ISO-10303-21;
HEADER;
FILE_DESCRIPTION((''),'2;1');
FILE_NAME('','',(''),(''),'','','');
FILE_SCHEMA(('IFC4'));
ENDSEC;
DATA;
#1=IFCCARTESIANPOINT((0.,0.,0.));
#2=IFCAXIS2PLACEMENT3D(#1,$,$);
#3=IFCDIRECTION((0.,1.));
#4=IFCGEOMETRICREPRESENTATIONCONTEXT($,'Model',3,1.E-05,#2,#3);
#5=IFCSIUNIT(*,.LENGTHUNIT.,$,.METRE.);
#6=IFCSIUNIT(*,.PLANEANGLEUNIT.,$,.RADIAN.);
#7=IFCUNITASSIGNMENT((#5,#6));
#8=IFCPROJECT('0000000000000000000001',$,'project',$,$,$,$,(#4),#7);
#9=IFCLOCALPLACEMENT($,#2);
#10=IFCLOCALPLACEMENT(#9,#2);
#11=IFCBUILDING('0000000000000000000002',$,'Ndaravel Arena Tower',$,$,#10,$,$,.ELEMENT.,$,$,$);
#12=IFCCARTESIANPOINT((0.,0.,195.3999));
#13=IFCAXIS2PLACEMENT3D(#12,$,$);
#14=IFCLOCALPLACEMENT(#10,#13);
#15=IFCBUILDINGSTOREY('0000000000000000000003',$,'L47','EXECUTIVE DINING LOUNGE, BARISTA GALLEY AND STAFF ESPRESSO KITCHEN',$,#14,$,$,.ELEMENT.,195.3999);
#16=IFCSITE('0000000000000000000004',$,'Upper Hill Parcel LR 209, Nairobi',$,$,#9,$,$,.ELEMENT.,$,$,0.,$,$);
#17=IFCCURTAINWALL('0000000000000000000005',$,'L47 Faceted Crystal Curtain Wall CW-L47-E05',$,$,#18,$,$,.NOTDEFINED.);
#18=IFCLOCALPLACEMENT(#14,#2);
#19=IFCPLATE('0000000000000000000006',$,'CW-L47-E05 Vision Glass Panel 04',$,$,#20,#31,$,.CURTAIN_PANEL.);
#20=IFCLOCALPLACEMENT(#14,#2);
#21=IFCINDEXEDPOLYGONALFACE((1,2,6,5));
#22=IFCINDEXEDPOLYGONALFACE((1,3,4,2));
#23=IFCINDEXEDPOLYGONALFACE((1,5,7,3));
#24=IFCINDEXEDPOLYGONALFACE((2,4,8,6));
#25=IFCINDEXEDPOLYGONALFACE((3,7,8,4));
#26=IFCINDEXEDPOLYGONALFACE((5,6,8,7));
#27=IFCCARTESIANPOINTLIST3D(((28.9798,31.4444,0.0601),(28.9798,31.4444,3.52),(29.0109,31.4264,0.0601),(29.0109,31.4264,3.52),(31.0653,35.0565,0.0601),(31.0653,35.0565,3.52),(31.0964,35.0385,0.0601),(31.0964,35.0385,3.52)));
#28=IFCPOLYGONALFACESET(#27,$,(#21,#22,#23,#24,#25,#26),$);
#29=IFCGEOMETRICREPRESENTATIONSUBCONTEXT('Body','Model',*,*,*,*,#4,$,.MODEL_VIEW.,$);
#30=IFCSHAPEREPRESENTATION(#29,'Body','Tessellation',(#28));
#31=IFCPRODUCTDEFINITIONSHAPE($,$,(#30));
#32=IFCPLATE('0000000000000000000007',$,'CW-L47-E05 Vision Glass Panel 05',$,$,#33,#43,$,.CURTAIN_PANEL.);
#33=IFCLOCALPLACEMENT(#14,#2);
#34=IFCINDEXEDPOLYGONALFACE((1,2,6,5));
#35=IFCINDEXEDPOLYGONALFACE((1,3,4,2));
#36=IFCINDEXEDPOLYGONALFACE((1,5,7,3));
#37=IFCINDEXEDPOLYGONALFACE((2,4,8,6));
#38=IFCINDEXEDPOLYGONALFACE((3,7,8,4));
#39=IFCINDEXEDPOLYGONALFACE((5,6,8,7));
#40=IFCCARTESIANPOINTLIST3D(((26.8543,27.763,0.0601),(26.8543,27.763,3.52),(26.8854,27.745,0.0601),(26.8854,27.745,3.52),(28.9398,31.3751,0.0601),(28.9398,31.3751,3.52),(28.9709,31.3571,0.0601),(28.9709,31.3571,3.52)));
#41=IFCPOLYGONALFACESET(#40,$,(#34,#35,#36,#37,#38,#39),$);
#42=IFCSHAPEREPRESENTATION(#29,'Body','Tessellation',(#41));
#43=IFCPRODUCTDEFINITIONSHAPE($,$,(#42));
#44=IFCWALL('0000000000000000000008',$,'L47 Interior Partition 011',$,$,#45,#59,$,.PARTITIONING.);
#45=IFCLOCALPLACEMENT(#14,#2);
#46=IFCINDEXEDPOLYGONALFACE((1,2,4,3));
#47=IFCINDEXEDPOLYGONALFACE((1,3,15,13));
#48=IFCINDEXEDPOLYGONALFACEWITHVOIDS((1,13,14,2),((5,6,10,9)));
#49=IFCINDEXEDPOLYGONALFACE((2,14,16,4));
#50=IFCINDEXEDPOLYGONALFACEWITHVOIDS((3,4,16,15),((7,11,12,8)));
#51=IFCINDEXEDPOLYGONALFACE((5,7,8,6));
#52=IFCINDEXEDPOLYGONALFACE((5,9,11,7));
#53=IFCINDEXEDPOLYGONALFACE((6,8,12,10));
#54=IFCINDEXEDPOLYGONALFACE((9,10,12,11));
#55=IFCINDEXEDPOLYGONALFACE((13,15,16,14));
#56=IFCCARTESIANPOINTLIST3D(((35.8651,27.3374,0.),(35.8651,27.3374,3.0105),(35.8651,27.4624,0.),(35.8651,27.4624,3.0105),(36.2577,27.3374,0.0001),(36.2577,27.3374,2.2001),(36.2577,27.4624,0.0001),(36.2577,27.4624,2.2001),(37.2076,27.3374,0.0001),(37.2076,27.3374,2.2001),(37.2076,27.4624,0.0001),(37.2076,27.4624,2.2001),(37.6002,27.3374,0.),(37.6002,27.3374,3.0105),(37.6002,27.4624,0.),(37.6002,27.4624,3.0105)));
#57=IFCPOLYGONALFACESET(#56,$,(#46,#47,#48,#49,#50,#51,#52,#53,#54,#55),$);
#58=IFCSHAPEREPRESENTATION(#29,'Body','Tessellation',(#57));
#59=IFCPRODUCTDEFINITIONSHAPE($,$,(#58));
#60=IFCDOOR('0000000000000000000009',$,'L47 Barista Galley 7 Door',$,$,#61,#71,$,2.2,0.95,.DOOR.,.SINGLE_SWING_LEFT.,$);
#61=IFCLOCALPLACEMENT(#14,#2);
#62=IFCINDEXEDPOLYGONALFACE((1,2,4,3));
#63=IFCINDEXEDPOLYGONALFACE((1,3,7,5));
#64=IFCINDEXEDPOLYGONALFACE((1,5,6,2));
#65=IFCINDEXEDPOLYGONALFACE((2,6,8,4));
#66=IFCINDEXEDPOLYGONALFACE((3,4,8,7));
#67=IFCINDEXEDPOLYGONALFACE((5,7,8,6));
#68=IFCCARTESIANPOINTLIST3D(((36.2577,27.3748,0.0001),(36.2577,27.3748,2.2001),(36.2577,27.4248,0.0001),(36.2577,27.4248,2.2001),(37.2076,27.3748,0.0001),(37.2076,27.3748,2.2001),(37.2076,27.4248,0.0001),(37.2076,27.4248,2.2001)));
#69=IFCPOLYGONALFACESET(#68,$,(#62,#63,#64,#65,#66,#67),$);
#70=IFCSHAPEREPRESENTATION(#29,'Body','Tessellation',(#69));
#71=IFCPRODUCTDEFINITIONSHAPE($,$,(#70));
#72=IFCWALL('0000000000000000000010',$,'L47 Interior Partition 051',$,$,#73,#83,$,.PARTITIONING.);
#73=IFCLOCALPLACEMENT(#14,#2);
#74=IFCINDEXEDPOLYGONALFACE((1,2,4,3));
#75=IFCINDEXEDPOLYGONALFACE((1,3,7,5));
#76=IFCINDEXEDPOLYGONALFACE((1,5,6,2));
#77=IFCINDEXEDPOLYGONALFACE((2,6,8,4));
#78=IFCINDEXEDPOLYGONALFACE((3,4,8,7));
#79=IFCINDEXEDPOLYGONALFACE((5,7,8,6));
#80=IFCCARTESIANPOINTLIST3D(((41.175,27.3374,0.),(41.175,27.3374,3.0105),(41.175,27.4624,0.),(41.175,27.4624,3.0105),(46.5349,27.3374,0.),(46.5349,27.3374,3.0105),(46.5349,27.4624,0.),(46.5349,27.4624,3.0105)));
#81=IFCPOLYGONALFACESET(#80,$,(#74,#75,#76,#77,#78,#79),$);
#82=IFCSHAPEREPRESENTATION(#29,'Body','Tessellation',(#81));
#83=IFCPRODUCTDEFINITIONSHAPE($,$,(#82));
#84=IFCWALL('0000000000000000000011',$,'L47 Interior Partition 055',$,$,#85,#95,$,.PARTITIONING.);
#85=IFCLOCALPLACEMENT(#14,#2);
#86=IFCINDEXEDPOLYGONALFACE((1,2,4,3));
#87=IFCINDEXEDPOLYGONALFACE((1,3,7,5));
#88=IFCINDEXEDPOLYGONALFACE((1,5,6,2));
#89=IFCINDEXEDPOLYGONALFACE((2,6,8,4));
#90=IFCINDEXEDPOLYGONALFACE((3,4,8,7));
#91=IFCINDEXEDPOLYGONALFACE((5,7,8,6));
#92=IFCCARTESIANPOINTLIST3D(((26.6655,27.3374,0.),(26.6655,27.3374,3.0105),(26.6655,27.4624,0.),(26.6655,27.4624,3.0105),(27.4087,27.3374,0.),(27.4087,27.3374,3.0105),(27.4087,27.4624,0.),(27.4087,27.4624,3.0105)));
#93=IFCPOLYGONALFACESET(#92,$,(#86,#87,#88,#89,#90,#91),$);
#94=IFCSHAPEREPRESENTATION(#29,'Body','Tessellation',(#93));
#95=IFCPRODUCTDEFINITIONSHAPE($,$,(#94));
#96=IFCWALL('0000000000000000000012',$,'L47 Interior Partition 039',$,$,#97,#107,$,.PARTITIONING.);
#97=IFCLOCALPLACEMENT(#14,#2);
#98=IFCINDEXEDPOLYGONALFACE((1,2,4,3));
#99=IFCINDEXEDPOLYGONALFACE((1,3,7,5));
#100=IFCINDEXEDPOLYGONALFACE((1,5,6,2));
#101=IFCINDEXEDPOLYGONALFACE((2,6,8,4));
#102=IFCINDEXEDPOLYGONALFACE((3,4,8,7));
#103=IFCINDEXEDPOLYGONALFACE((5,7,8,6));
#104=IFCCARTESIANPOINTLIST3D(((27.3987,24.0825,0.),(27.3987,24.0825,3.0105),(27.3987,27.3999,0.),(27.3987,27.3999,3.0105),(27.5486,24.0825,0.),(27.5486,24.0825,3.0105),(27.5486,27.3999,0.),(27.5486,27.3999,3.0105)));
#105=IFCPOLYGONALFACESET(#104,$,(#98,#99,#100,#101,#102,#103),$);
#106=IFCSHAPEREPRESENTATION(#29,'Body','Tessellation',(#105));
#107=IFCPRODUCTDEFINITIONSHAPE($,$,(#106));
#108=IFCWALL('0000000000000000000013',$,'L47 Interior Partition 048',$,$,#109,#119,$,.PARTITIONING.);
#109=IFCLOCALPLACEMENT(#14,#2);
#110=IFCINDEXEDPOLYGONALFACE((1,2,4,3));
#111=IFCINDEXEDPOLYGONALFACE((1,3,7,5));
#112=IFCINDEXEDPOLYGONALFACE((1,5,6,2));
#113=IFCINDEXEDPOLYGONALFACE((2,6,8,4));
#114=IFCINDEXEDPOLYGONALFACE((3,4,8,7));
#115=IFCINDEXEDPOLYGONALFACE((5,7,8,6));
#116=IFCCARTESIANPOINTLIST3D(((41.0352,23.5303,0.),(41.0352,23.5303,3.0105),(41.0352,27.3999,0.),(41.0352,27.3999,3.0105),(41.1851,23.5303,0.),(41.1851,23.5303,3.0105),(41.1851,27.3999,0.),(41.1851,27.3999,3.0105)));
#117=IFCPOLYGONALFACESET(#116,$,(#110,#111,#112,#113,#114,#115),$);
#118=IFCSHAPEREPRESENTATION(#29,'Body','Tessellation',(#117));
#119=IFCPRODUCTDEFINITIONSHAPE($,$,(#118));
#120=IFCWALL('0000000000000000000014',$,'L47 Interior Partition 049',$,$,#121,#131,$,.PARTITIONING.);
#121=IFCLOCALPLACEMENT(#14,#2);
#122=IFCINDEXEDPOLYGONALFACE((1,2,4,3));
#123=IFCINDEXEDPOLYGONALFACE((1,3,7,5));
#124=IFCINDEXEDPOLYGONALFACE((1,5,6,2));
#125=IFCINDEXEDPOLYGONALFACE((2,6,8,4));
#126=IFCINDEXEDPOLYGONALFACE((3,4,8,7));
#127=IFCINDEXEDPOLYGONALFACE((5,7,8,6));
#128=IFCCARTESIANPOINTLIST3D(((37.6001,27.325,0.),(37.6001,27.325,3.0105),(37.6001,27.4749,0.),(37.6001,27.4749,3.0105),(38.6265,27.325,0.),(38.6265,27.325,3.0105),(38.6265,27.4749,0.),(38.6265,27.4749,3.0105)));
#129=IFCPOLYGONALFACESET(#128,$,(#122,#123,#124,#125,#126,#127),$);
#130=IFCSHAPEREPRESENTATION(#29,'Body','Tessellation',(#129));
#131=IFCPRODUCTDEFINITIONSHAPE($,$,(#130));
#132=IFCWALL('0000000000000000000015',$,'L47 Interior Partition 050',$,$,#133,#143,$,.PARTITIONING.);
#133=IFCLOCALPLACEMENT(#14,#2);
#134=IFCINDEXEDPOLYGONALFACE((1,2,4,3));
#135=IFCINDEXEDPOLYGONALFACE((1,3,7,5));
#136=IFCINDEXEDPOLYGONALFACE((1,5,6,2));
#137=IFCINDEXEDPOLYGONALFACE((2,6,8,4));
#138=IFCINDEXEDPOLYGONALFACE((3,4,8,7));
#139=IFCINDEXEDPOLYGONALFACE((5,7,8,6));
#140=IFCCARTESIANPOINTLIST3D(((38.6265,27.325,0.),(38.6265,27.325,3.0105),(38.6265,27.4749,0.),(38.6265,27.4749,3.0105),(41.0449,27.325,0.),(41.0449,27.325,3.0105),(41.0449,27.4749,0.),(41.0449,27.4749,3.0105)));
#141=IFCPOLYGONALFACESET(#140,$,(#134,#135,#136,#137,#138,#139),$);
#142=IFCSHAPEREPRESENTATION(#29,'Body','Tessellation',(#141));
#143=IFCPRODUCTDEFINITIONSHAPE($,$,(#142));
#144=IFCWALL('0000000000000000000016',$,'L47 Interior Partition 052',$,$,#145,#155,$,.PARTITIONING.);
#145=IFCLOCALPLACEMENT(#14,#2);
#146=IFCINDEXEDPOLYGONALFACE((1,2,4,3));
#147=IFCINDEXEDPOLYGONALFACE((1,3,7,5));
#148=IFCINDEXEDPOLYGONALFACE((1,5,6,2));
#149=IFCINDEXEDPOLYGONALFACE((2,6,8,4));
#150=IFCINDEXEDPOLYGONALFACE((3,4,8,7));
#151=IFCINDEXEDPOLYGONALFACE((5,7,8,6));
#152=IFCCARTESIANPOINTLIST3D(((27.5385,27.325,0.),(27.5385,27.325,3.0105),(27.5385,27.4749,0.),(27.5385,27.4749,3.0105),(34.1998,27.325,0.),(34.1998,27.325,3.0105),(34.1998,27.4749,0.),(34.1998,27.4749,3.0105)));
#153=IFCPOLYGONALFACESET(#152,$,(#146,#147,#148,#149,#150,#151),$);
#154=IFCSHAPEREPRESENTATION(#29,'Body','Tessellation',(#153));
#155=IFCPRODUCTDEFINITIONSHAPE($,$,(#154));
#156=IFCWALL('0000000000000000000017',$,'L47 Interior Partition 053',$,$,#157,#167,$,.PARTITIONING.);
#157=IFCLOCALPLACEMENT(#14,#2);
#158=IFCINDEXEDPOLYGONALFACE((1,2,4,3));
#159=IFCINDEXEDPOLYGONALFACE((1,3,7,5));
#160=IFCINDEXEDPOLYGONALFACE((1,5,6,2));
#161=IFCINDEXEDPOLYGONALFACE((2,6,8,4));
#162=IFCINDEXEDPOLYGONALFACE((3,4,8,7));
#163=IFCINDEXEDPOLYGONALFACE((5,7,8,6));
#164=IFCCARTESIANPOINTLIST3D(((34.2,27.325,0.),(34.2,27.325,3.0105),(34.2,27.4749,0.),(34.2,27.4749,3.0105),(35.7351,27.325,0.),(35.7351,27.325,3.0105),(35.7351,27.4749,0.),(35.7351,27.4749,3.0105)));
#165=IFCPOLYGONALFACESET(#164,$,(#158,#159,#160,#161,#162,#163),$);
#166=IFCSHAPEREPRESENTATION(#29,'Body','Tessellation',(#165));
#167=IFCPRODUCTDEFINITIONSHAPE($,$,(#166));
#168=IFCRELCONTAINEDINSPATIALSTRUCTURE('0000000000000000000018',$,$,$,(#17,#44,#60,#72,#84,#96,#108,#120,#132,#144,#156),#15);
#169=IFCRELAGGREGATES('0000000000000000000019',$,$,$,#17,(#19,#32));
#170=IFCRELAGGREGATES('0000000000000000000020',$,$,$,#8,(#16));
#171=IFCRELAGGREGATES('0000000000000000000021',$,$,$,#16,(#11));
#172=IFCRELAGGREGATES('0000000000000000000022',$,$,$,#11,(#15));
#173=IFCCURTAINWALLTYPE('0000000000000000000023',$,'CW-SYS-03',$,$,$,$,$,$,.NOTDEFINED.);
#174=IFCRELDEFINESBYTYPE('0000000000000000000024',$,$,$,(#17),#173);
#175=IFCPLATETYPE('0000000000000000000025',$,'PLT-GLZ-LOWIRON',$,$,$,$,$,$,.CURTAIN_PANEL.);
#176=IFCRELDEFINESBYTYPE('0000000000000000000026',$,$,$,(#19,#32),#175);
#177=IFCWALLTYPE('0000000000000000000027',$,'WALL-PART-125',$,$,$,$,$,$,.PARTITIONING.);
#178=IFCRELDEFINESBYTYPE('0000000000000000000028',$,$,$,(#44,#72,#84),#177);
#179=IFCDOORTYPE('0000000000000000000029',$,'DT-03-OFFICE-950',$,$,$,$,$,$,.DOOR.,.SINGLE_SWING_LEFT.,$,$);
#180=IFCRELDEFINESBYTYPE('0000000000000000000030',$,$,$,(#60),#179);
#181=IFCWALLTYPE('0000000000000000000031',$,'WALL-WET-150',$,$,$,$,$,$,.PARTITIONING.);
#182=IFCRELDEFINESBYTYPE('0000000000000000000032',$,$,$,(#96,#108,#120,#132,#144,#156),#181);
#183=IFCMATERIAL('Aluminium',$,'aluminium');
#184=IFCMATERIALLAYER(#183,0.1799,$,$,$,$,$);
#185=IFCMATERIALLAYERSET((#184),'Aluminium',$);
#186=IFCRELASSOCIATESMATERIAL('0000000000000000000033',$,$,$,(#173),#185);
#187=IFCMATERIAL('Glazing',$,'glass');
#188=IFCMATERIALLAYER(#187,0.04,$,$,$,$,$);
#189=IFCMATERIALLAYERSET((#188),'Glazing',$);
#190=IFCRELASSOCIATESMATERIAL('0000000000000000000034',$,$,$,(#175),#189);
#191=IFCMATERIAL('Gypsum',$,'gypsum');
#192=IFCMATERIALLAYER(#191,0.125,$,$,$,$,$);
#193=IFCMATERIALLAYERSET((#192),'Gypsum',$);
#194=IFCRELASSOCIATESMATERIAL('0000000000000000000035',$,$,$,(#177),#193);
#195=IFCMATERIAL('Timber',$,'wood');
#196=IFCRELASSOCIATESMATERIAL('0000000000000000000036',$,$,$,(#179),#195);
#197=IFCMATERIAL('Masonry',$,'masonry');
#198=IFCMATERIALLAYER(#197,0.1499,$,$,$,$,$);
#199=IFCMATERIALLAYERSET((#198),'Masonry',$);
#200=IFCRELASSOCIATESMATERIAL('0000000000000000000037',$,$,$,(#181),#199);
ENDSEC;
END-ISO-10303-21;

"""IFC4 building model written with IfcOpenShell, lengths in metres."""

from ifc_helpers import new_model, si_unit, direction, frame, frame_2d, origin, origin_2d, place, context, subcontext, project, spatial, rectangle, extrude, material, layer, layer_set, type_object, element, fill, aggregate, save


model = new_model("IFC4")

# Units and contexts
model_context = context("Model", 3, precision=1e-05, world=origin(), true_north=direction((0.0, 1.0)))
body_context = subcontext(model_context, "Body", "Model", "MODEL_VIEW")
ifc_project = project(units=[si_unit("LENGTHUNIT", "METRE"), si_unit("PLANEANGLEUNIT", "RADIAN")], contexts=[model_context])

# Site, building, storey
site_placement = place(None, origin())
site = spatial("IfcSite", under=ifc_project, at=site_placement, Name="Upper Hill Parcel LR 209, Nairobi", CompositionType="ELEMENT", RefElevation=0.0)
building_placement = place(site_placement, origin())
building = spatial("IfcBuilding", under=site, at=building_placement, Name="Ndaravel Arena Tower", CompositionType="ELEMENT")
storey_placement = place(building_placement, frame((0.0, 0.0, 195.3999)))
storey = spatial("IfcBuildingStorey", under=building, at=storey_placement, Name="L47", Description="EXECUTIVE DINING LOUNGE, BARISTA GALLEY AND STAFF ESPRESSO KITCHEN", CompositionType="ELEMENT", Elevation=195.3999)

# Curtain wall, plates
ifc_material_1 = material(Name="Aluminium", Category="aluminium")
ifc_layer_1 = layer(ifc_material_1, 0.1799)
ifc_layer_set_1 = layer_set([ifc_layer_1], Name="Aluminium")
curtain_wall_type = type_object("IfcCurtainWallType", Name="CW-SYS-03", PredefinedType="NOTDEFINED", material=ifc_layer_set_1)
curtain_wall_placement = place(storey_placement, origin())
curtain_wall = element("IfcCurtainWall", 1, at=curtain_wall_placement, inside=storey, type_object=curtain_wall_type, Name="L47 Faceted Crystal Curtain Wall CW-L47-E05", PredefinedType="NOTDEFINED")
ifc_material_2 = material(Name="Glazing", Category="glass")
ifc_layer_2 = layer(ifc_material_2, 0.04)
ifc_layer_set_2 = layer_set([ifc_layer_2], Name="Glazing")
plate_type = type_object("IfcPlateType", Name="PLT-GLZ-LOWIRON", PredefinedType="CURTAIN_PANEL", material=ifc_layer_set_2)
plate_1_placement = place(storey_placement, frame((30.0381, 33.2415, 0.0601), z_axis=(0.0, 0.0, 1.0), x_axis=(-0.5, -0.866025, 0.0)))
plate_1 = element("IfcPlate", 2, at=plate_1_placement, type_object=plate_type, Name="CW-L47-E05 Vision Glass Panel 04", PredefinedType="CURTAIN_PANEL", context=body_context, shape_type="SweptSolid", body=[
    extrude(rectangle(XDim=4.1709, YDim=0.0359, at=origin_2d()), origin(), (0.0, 0.0, 1.0), 3.46),
])
plate_2_placement = place(storey_placement, frame((27.9126, 29.5601, 0.0601), z_axis=(0.0, 0.0, 1.0), x_axis=(-0.5, -0.866025, 0.0)))
plate_2 = element("IfcPlate", 3, at=plate_2_placement, type_object=plate_type, Name="CW-L47-E05 Vision Glass Panel 05", PredefinedType="CURTAIN_PANEL", context=body_context, shape_type="SweptSolid", body=[
    extrude(rectangle(XDim=4.1709, YDim=0.0359, at=origin_2d()), origin(), (0.0, 0.0, 1.0), 3.46),
])
aggregate(curtain_wall, [plate_1, plate_2])

# Wall, opening, door
ifc_material_3 = material(Name="Gypsum", Category="gypsum")
ifc_layer_3 = layer(ifc_material_3, 0.125)
ifc_layer_set_3 = layer_set([ifc_layer_3], Name="Gypsum")
wall_type_1 = type_object("IfcWallType", Name="WALL-PART-125", PredefinedType="PARTITIONING", material=ifc_layer_set_3)
wall_1_placement = place(storey_placement, frame((35.865, 27.3999, 0.0), z_axis=(0.0, 0.0, 1.0), x_axis=(1.0, 0.0, 0.0)))
wall_1 = element("IfcWall", 4, at=wall_1_placement, inside=storey, type_object=wall_type_1, Name="L47 Interior Partition 011", PredefinedType="PARTITIONING", context=body_context, shape_type="SweptSolid", body=[
    extrude(rectangle(XDim=1.7351, YDim=0.125, at=frame_2d((0.8677, 0.0))), origin(), (0.0, 0.0, 1.0), 3.0105),
])
opening_placement = place(wall_1_placement, frame((0.3926, 0.0, 0.0)))
opening = element("IfcOpeningElement", 5, at=opening_placement, cuts=wall_1, PredefinedType="OPENING", context=body_context, shape_type="SweptSolid", body=[
    extrude(rectangle(XDim=0.95, YDim=2.2, at=frame_2d((0.4751, 1.1001))), frame((0.0, 0.0625, 0.0), z_axis=(0.0, -1.0, 0.0), x_axis=(1.0, 0.0, 0.0)), (0.0, 0.0, 1.0), 0.125),
])
ifc_material_4 = material(Name="Timber", Category="wood")
door_type = type_object("IfcDoorType", Name="DT-03-OFFICE-950", OperationType="SINGLE_SWING_LEFT", PredefinedType="DOOR", material=ifc_material_4)
door_placement = place(opening_placement, origin())
door = element("IfcDoor", 6, at=door_placement, inside=storey, type_object=door_type, Name="L47 Barista Galley 7 Door", OperationType="SINGLE_SWING_LEFT", OverallHeight=2.2, OverallWidth=0.95, PredefinedType="DOOR", context=body_context, shape_type="SweptSolid", body=[
    extrude(rectangle(XDim=0.95, YDim=2.2, at=frame_2d((0.4751, 1.1001))), frame((0.0, 0.0249, 0.0), z_axis=(0.0, -1.0, 0.0), x_axis=(1.0, 0.0, 0.0)), (0.0, 0.0, 1.0), 0.05),
])
fill(opening, door)

# Walls
wall_2_placement = place(storey_placement, frame((41.175, 27.3999, 0.0), z_axis=(0.0, 0.0, 1.0), x_axis=(1.0, 0.0, 0.0)))
element("IfcWall", 7, at=wall_2_placement, inside=storey, type_object=wall_type_1, Name="L47 Interior Partition 051", PredefinedType="PARTITIONING", context=body_context, shape_type="SweptSolid", body=[
    extrude(rectangle(XDim=5.3599, YDim=0.125, at=frame_2d((2.6799, 0.0))), origin(), (0.0, 0.0, 1.0), 3.0105),
])
wall_3_placement = place(storey_placement, frame((27.4087, 27.3999, 0.0), z_axis=(0.0, 0.0, 1.0), x_axis=(-1.0, 0.0, 0.0)))
element("IfcWall", 8, at=wall_3_placement, inside=storey, type_object=wall_type_1, Name="L47 Interior Partition 055", PredefinedType="PARTITIONING", context=body_context, shape_type="SweptSolid", body=[
    extrude(rectangle(XDim=0.7432, YDim=0.125, at=frame_2d((0.3716, 0.0))), origin(), (0.0, 0.0, 1.0), 3.0105),
])
ifc_material_5 = material(Name="Masonry", Category="masonry")
ifc_layer_4 = layer(ifc_material_5, 0.1499)
ifc_layer_set_4 = layer_set([ifc_layer_4], Name="Masonry")
wall_type_2 = type_object("IfcWallType", Name="WALL-WET-150", PredefinedType="PARTITIONING", material=ifc_layer_set_4)
wall_4_placement = place(storey_placement, frame((27.4736, 27.3999, 0.0), z_axis=(0.0, 0.0, 1.0), x_axis=(0.0, -1.0, 0.0)))
element("IfcWall", 9, at=wall_4_placement, inside=storey, type_object=wall_type_2, Name="L47 Interior Partition 039", PredefinedType="PARTITIONING", context=body_context, shape_type="SweptSolid", body=[
    extrude(rectangle(XDim=3.3174, YDim=0.1499, at=frame_2d((1.6587, 0.0))), origin(), (0.0, 0.0, 1.0), 3.0105),
])
wall_5_placement = place(storey_placement, frame((41.1101, 27.3999, 0.0), z_axis=(0.0, 0.0, 1.0), x_axis=(0.0, -1.0, 0.0)))
element("IfcWall", 10, at=wall_5_placement, inside=storey, type_object=wall_type_2, Name="L47 Interior Partition 048", PredefinedType="PARTITIONING", context=body_context, shape_type="SweptSolid", body=[
    extrude(rectangle(XDim=3.8696, YDim=0.1499, at=frame_2d((1.9348, 0.0))), origin(), (0.0, 0.0, 1.0), 3.0105),
])
wall_6_placement = place(storey_placement, frame((37.6001, 27.3999, 0.0), z_axis=(0.0, 0.0, 1.0), x_axis=(1.0, 0.0, 0.0)))
element("IfcWall", 11, at=wall_6_placement, inside=storey, type_object=wall_type_2, Name="L47 Interior Partition 049", PredefinedType="PARTITIONING", context=body_context, shape_type="SweptSolid", body=[
    extrude(rectangle(XDim=1.0264, YDim=0.1499, at=frame_2d((0.5132, 0.0))), origin(), (0.0, 0.0, 1.0), 3.0105),
])
wall_7_placement = place(storey_placement, frame((38.6265, 27.3999, 0.0), z_axis=(0.0, 0.0, 1.0), x_axis=(1.0, 0.0, 0.0)))
element("IfcWall", 12, at=wall_7_placement, inside=storey, type_object=wall_type_2, Name="L47 Interior Partition 050", PredefinedType="PARTITIONING", context=body_context, shape_type="SweptSolid", body=[
    extrude(rectangle(XDim=2.4185, YDim=0.1499, at=frame_2d((1.2092, 0.0))), origin(), (0.0, 0.0, 1.0), 3.0105),
])
wall_8_placement = place(storey_placement, frame((27.5386, 27.3999, 0.0), z_axis=(0.0, 0.0, 1.0), x_axis=(1.0, 0.0, 0.0)))
element("IfcWall", 13, at=wall_8_placement, inside=storey, type_object=wall_type_2, Name="L47 Interior Partition 052", PredefinedType="PARTITIONING", context=body_context, shape_type="SweptSolid", body=[
    extrude(rectangle(XDim=6.6614, YDim=0.1499, at=frame_2d((3.3306, 0.0))), origin(), (0.0, 0.0, 1.0), 3.0105),
])
wall_9_placement = place(storey_placement, frame((34.2, 27.3999, 0.0), z_axis=(0.0, 0.0, 1.0), x_axis=(1.0, 0.0, 0.0)))
element("IfcWall", 14, at=wall_9_placement, inside=storey, type_object=wall_type_2, Name="L47 Interior Partition 053", PredefinedType="PARTITIONING", context=body_context, shape_type="SweptSolid", body=[
    extrude(rectangle(XDim=1.5352, YDim=0.1499, at=frame_2d((0.7676, 0.0))), origin(), (0.0, 0.0, 1.0), 3.0105),
])

save(model, "model.ifc")
